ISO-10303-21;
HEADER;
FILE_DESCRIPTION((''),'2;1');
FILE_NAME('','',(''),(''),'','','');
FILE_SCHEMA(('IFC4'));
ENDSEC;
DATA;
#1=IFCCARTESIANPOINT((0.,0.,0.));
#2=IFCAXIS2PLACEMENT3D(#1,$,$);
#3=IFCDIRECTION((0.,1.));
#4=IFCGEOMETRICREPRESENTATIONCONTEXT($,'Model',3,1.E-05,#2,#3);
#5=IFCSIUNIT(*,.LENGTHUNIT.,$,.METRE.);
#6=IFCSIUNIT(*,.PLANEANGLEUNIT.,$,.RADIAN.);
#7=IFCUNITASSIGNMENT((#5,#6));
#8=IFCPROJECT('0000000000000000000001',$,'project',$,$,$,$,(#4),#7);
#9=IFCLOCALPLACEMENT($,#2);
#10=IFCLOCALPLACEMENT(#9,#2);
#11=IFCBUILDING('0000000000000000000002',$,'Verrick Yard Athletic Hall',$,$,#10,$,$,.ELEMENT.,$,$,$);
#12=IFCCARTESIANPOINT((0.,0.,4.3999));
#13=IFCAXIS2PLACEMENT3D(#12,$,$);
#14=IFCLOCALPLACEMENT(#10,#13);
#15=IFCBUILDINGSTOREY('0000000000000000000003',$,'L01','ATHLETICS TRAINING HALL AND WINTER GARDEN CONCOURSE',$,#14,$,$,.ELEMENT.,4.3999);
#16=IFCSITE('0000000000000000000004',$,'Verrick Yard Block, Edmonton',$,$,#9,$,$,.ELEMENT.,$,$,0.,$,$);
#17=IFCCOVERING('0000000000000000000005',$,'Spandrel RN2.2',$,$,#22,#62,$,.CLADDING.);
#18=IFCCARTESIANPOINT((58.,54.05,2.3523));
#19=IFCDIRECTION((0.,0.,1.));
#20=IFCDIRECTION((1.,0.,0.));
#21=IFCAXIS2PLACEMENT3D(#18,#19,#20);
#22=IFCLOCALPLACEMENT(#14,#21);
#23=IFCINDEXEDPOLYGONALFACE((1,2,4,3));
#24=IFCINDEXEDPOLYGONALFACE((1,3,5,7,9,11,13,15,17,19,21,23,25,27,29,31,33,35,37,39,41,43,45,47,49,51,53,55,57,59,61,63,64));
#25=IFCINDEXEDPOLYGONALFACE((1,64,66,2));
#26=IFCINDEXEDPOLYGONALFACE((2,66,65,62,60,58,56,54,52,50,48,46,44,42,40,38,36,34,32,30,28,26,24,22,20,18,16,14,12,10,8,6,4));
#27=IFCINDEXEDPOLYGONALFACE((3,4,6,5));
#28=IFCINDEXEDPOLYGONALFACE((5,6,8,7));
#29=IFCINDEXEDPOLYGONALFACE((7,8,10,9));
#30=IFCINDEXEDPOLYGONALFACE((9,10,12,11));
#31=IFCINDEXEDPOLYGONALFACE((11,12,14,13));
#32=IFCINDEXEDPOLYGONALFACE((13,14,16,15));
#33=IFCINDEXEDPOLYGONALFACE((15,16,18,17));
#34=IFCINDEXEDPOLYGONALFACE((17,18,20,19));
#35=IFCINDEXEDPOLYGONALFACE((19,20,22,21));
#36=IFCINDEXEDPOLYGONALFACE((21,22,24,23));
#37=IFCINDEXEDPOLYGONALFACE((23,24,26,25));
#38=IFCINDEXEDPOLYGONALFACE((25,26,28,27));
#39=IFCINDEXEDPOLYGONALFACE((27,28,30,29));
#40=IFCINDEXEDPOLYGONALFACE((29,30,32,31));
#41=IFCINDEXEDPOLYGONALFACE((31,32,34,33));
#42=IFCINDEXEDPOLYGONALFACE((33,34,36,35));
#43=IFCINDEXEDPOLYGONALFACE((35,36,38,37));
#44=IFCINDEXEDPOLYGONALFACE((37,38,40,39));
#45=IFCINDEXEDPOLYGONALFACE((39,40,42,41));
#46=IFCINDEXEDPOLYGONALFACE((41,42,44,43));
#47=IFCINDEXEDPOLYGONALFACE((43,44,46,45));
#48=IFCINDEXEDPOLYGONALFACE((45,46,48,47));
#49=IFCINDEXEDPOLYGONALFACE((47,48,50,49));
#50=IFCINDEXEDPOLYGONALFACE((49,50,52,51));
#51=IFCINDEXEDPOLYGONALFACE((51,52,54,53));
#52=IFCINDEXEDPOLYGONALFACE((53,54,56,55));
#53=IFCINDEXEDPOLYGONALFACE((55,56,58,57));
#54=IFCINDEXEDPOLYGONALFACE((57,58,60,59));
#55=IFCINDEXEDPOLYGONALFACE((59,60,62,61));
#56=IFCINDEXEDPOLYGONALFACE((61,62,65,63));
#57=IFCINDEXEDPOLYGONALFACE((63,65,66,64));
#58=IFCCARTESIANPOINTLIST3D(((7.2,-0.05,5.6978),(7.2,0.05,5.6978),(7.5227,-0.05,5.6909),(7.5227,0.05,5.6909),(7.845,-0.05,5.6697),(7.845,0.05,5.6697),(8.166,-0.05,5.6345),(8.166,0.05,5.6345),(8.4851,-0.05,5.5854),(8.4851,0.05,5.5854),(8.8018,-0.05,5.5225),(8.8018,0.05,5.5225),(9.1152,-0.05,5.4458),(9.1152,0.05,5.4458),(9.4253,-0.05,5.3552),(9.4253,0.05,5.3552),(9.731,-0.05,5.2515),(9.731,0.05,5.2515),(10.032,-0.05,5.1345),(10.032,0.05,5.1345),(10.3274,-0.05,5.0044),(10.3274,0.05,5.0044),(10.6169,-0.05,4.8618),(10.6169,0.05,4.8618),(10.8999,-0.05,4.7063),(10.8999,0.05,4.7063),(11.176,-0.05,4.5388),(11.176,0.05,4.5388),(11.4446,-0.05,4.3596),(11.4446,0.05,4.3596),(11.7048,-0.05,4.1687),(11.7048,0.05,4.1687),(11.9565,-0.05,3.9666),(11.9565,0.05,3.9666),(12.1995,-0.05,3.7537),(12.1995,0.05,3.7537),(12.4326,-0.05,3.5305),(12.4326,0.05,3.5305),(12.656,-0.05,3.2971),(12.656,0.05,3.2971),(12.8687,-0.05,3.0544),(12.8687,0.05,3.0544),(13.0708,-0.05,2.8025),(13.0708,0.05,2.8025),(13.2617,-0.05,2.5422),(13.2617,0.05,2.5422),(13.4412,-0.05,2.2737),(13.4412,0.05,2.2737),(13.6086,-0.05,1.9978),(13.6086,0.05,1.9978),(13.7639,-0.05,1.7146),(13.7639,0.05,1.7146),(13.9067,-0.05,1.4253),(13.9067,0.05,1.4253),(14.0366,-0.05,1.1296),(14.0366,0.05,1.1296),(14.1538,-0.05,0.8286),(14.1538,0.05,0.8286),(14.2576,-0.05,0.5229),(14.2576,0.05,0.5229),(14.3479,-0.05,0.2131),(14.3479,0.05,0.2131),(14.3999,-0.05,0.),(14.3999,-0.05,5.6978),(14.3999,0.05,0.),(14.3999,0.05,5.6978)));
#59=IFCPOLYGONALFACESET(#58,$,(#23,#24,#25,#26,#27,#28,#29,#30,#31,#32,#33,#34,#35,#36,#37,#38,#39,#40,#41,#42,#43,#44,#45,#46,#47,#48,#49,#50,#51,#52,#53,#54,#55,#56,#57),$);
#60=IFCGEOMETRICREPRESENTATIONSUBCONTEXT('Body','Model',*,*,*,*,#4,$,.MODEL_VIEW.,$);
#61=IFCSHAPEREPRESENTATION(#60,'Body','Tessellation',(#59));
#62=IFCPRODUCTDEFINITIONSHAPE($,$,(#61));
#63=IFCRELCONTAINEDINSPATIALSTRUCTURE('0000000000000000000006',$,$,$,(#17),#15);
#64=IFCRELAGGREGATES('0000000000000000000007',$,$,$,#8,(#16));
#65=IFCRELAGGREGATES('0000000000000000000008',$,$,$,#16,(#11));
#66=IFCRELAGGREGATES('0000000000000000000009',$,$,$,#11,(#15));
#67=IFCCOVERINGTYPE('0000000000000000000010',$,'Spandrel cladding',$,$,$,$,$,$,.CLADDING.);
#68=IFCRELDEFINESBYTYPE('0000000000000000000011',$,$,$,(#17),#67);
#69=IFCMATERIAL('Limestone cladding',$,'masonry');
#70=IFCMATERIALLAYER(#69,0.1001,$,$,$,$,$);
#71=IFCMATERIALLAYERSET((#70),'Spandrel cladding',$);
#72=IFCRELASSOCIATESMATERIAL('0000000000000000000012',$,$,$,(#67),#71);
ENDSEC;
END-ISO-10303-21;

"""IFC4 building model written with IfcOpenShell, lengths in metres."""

from ifc_helpers import new_model, si_unit, direction, frame, origin, place, context, subcontext, project, spatial, polyline, outline, extrude, material, layer, layer_set, type_object, element, save


model = new_model("IFC4")

# Units and contexts
model_context = context("Model", 3, precision=1e-05, world=origin(), true_north=direction((0.0, 1.0)))
body_context = subcontext(model_context, "Body", "Model", "MODEL_VIEW")
ifc_project = project(units=[si_unit("LENGTHUNIT", "METRE"), si_unit("PLANEANGLEUNIT", "RADIAN")], contexts=[model_context])

# Site, building, storey
site_placement = place(None, origin())
site = spatial("IfcSite", under=ifc_project, at=site_placement, Name="Verrick Yard Block, Edmonton", CompositionType="ELEMENT", RefElevation=0.0)
building_placement = place(site_placement, origin())
building = spatial("IfcBuilding", under=site, at=building_placement, Name="Verrick Yard Athletic Hall", CompositionType="ELEMENT")
storey_placement = place(building_placement, frame((0.0, 0.0, 4.3999)))
storey = spatial("IfcBuildingStorey", under=building, at=storey_placement, Name="L01", Description="ATHLETICS TRAINING HALL AND WINTER GARDEN CONCOURSE", CompositionType="ELEMENT", Elevation=4.3999)

# Shared definitions
ifc_material_1 = material(Name="Limestone cladding", Category="masonry")

# Covering
ifc_layer_1 = layer(ifc_material_1, 0.1001)
ifc_layer_set_1 = layer_set([ifc_layer_1], Name="Spandrel cladding")
covering_type_1 = type_object("IfcCoveringType", Name="Spandrel cladding", PredefinedType="CLADDING", material=ifc_layer_set_1)
covering_1_placement = place(storey_placement, frame((58.0, 54.05, 2.3523), z_axis=(0.0, 0.0, 1.0), x_axis=(1.0, 0.0, 0.0)))
element("IfcCovering", 1, at=covering_1_placement, inside=storey, type_object=covering_type_1, Name="Spandrel RN2.2", PredefinedType="CLADDING", context=body_context, shape_type="SweptSolid", body=[
    extrude(outline(polyline([(7.2, 5.6978), (7.5227, 5.6909), (7.845, 5.6697), (8.166, 5.6345), (8.4851, 5.5854), (8.8018, 5.5225), (9.1152, 5.4458), (9.4253, 5.3552), (9.731, 5.2515), (10.032, 5.1345), (10.3274, 5.0044), (10.6169, 4.8618), (10.8999, 4.7063), (11.176, 4.5388), (11.4446, 4.3596), (11.7048, 4.1687), (11.9565, 3.9666), (12.1995, 3.7537), (12.4326, 3.5305), (12.656, 3.2971), (12.8687, 3.0544), (13.0708, 2.8025), (13.2617, 2.5422), (13.4412, 2.2737), (13.6086, 1.9978), (13.7639, 1.7146), (13.9067, 1.4253), (14.0366, 1.1296), (14.1538, 0.8286), (14.2576, 0.5229), (14.3479, 0.2131), (14.3999, 0.0), (14.3999, 5.6978), (7.2, 5.6978)])), frame((0.0, 0.05, 0.0), z_axis=(0.0, -1.0, 0.0), x_axis=(1.0, 0.0, 0.0)), (0.0, 0.0, 1.0), 0.1001),
])

save(model, "model.ifc")
